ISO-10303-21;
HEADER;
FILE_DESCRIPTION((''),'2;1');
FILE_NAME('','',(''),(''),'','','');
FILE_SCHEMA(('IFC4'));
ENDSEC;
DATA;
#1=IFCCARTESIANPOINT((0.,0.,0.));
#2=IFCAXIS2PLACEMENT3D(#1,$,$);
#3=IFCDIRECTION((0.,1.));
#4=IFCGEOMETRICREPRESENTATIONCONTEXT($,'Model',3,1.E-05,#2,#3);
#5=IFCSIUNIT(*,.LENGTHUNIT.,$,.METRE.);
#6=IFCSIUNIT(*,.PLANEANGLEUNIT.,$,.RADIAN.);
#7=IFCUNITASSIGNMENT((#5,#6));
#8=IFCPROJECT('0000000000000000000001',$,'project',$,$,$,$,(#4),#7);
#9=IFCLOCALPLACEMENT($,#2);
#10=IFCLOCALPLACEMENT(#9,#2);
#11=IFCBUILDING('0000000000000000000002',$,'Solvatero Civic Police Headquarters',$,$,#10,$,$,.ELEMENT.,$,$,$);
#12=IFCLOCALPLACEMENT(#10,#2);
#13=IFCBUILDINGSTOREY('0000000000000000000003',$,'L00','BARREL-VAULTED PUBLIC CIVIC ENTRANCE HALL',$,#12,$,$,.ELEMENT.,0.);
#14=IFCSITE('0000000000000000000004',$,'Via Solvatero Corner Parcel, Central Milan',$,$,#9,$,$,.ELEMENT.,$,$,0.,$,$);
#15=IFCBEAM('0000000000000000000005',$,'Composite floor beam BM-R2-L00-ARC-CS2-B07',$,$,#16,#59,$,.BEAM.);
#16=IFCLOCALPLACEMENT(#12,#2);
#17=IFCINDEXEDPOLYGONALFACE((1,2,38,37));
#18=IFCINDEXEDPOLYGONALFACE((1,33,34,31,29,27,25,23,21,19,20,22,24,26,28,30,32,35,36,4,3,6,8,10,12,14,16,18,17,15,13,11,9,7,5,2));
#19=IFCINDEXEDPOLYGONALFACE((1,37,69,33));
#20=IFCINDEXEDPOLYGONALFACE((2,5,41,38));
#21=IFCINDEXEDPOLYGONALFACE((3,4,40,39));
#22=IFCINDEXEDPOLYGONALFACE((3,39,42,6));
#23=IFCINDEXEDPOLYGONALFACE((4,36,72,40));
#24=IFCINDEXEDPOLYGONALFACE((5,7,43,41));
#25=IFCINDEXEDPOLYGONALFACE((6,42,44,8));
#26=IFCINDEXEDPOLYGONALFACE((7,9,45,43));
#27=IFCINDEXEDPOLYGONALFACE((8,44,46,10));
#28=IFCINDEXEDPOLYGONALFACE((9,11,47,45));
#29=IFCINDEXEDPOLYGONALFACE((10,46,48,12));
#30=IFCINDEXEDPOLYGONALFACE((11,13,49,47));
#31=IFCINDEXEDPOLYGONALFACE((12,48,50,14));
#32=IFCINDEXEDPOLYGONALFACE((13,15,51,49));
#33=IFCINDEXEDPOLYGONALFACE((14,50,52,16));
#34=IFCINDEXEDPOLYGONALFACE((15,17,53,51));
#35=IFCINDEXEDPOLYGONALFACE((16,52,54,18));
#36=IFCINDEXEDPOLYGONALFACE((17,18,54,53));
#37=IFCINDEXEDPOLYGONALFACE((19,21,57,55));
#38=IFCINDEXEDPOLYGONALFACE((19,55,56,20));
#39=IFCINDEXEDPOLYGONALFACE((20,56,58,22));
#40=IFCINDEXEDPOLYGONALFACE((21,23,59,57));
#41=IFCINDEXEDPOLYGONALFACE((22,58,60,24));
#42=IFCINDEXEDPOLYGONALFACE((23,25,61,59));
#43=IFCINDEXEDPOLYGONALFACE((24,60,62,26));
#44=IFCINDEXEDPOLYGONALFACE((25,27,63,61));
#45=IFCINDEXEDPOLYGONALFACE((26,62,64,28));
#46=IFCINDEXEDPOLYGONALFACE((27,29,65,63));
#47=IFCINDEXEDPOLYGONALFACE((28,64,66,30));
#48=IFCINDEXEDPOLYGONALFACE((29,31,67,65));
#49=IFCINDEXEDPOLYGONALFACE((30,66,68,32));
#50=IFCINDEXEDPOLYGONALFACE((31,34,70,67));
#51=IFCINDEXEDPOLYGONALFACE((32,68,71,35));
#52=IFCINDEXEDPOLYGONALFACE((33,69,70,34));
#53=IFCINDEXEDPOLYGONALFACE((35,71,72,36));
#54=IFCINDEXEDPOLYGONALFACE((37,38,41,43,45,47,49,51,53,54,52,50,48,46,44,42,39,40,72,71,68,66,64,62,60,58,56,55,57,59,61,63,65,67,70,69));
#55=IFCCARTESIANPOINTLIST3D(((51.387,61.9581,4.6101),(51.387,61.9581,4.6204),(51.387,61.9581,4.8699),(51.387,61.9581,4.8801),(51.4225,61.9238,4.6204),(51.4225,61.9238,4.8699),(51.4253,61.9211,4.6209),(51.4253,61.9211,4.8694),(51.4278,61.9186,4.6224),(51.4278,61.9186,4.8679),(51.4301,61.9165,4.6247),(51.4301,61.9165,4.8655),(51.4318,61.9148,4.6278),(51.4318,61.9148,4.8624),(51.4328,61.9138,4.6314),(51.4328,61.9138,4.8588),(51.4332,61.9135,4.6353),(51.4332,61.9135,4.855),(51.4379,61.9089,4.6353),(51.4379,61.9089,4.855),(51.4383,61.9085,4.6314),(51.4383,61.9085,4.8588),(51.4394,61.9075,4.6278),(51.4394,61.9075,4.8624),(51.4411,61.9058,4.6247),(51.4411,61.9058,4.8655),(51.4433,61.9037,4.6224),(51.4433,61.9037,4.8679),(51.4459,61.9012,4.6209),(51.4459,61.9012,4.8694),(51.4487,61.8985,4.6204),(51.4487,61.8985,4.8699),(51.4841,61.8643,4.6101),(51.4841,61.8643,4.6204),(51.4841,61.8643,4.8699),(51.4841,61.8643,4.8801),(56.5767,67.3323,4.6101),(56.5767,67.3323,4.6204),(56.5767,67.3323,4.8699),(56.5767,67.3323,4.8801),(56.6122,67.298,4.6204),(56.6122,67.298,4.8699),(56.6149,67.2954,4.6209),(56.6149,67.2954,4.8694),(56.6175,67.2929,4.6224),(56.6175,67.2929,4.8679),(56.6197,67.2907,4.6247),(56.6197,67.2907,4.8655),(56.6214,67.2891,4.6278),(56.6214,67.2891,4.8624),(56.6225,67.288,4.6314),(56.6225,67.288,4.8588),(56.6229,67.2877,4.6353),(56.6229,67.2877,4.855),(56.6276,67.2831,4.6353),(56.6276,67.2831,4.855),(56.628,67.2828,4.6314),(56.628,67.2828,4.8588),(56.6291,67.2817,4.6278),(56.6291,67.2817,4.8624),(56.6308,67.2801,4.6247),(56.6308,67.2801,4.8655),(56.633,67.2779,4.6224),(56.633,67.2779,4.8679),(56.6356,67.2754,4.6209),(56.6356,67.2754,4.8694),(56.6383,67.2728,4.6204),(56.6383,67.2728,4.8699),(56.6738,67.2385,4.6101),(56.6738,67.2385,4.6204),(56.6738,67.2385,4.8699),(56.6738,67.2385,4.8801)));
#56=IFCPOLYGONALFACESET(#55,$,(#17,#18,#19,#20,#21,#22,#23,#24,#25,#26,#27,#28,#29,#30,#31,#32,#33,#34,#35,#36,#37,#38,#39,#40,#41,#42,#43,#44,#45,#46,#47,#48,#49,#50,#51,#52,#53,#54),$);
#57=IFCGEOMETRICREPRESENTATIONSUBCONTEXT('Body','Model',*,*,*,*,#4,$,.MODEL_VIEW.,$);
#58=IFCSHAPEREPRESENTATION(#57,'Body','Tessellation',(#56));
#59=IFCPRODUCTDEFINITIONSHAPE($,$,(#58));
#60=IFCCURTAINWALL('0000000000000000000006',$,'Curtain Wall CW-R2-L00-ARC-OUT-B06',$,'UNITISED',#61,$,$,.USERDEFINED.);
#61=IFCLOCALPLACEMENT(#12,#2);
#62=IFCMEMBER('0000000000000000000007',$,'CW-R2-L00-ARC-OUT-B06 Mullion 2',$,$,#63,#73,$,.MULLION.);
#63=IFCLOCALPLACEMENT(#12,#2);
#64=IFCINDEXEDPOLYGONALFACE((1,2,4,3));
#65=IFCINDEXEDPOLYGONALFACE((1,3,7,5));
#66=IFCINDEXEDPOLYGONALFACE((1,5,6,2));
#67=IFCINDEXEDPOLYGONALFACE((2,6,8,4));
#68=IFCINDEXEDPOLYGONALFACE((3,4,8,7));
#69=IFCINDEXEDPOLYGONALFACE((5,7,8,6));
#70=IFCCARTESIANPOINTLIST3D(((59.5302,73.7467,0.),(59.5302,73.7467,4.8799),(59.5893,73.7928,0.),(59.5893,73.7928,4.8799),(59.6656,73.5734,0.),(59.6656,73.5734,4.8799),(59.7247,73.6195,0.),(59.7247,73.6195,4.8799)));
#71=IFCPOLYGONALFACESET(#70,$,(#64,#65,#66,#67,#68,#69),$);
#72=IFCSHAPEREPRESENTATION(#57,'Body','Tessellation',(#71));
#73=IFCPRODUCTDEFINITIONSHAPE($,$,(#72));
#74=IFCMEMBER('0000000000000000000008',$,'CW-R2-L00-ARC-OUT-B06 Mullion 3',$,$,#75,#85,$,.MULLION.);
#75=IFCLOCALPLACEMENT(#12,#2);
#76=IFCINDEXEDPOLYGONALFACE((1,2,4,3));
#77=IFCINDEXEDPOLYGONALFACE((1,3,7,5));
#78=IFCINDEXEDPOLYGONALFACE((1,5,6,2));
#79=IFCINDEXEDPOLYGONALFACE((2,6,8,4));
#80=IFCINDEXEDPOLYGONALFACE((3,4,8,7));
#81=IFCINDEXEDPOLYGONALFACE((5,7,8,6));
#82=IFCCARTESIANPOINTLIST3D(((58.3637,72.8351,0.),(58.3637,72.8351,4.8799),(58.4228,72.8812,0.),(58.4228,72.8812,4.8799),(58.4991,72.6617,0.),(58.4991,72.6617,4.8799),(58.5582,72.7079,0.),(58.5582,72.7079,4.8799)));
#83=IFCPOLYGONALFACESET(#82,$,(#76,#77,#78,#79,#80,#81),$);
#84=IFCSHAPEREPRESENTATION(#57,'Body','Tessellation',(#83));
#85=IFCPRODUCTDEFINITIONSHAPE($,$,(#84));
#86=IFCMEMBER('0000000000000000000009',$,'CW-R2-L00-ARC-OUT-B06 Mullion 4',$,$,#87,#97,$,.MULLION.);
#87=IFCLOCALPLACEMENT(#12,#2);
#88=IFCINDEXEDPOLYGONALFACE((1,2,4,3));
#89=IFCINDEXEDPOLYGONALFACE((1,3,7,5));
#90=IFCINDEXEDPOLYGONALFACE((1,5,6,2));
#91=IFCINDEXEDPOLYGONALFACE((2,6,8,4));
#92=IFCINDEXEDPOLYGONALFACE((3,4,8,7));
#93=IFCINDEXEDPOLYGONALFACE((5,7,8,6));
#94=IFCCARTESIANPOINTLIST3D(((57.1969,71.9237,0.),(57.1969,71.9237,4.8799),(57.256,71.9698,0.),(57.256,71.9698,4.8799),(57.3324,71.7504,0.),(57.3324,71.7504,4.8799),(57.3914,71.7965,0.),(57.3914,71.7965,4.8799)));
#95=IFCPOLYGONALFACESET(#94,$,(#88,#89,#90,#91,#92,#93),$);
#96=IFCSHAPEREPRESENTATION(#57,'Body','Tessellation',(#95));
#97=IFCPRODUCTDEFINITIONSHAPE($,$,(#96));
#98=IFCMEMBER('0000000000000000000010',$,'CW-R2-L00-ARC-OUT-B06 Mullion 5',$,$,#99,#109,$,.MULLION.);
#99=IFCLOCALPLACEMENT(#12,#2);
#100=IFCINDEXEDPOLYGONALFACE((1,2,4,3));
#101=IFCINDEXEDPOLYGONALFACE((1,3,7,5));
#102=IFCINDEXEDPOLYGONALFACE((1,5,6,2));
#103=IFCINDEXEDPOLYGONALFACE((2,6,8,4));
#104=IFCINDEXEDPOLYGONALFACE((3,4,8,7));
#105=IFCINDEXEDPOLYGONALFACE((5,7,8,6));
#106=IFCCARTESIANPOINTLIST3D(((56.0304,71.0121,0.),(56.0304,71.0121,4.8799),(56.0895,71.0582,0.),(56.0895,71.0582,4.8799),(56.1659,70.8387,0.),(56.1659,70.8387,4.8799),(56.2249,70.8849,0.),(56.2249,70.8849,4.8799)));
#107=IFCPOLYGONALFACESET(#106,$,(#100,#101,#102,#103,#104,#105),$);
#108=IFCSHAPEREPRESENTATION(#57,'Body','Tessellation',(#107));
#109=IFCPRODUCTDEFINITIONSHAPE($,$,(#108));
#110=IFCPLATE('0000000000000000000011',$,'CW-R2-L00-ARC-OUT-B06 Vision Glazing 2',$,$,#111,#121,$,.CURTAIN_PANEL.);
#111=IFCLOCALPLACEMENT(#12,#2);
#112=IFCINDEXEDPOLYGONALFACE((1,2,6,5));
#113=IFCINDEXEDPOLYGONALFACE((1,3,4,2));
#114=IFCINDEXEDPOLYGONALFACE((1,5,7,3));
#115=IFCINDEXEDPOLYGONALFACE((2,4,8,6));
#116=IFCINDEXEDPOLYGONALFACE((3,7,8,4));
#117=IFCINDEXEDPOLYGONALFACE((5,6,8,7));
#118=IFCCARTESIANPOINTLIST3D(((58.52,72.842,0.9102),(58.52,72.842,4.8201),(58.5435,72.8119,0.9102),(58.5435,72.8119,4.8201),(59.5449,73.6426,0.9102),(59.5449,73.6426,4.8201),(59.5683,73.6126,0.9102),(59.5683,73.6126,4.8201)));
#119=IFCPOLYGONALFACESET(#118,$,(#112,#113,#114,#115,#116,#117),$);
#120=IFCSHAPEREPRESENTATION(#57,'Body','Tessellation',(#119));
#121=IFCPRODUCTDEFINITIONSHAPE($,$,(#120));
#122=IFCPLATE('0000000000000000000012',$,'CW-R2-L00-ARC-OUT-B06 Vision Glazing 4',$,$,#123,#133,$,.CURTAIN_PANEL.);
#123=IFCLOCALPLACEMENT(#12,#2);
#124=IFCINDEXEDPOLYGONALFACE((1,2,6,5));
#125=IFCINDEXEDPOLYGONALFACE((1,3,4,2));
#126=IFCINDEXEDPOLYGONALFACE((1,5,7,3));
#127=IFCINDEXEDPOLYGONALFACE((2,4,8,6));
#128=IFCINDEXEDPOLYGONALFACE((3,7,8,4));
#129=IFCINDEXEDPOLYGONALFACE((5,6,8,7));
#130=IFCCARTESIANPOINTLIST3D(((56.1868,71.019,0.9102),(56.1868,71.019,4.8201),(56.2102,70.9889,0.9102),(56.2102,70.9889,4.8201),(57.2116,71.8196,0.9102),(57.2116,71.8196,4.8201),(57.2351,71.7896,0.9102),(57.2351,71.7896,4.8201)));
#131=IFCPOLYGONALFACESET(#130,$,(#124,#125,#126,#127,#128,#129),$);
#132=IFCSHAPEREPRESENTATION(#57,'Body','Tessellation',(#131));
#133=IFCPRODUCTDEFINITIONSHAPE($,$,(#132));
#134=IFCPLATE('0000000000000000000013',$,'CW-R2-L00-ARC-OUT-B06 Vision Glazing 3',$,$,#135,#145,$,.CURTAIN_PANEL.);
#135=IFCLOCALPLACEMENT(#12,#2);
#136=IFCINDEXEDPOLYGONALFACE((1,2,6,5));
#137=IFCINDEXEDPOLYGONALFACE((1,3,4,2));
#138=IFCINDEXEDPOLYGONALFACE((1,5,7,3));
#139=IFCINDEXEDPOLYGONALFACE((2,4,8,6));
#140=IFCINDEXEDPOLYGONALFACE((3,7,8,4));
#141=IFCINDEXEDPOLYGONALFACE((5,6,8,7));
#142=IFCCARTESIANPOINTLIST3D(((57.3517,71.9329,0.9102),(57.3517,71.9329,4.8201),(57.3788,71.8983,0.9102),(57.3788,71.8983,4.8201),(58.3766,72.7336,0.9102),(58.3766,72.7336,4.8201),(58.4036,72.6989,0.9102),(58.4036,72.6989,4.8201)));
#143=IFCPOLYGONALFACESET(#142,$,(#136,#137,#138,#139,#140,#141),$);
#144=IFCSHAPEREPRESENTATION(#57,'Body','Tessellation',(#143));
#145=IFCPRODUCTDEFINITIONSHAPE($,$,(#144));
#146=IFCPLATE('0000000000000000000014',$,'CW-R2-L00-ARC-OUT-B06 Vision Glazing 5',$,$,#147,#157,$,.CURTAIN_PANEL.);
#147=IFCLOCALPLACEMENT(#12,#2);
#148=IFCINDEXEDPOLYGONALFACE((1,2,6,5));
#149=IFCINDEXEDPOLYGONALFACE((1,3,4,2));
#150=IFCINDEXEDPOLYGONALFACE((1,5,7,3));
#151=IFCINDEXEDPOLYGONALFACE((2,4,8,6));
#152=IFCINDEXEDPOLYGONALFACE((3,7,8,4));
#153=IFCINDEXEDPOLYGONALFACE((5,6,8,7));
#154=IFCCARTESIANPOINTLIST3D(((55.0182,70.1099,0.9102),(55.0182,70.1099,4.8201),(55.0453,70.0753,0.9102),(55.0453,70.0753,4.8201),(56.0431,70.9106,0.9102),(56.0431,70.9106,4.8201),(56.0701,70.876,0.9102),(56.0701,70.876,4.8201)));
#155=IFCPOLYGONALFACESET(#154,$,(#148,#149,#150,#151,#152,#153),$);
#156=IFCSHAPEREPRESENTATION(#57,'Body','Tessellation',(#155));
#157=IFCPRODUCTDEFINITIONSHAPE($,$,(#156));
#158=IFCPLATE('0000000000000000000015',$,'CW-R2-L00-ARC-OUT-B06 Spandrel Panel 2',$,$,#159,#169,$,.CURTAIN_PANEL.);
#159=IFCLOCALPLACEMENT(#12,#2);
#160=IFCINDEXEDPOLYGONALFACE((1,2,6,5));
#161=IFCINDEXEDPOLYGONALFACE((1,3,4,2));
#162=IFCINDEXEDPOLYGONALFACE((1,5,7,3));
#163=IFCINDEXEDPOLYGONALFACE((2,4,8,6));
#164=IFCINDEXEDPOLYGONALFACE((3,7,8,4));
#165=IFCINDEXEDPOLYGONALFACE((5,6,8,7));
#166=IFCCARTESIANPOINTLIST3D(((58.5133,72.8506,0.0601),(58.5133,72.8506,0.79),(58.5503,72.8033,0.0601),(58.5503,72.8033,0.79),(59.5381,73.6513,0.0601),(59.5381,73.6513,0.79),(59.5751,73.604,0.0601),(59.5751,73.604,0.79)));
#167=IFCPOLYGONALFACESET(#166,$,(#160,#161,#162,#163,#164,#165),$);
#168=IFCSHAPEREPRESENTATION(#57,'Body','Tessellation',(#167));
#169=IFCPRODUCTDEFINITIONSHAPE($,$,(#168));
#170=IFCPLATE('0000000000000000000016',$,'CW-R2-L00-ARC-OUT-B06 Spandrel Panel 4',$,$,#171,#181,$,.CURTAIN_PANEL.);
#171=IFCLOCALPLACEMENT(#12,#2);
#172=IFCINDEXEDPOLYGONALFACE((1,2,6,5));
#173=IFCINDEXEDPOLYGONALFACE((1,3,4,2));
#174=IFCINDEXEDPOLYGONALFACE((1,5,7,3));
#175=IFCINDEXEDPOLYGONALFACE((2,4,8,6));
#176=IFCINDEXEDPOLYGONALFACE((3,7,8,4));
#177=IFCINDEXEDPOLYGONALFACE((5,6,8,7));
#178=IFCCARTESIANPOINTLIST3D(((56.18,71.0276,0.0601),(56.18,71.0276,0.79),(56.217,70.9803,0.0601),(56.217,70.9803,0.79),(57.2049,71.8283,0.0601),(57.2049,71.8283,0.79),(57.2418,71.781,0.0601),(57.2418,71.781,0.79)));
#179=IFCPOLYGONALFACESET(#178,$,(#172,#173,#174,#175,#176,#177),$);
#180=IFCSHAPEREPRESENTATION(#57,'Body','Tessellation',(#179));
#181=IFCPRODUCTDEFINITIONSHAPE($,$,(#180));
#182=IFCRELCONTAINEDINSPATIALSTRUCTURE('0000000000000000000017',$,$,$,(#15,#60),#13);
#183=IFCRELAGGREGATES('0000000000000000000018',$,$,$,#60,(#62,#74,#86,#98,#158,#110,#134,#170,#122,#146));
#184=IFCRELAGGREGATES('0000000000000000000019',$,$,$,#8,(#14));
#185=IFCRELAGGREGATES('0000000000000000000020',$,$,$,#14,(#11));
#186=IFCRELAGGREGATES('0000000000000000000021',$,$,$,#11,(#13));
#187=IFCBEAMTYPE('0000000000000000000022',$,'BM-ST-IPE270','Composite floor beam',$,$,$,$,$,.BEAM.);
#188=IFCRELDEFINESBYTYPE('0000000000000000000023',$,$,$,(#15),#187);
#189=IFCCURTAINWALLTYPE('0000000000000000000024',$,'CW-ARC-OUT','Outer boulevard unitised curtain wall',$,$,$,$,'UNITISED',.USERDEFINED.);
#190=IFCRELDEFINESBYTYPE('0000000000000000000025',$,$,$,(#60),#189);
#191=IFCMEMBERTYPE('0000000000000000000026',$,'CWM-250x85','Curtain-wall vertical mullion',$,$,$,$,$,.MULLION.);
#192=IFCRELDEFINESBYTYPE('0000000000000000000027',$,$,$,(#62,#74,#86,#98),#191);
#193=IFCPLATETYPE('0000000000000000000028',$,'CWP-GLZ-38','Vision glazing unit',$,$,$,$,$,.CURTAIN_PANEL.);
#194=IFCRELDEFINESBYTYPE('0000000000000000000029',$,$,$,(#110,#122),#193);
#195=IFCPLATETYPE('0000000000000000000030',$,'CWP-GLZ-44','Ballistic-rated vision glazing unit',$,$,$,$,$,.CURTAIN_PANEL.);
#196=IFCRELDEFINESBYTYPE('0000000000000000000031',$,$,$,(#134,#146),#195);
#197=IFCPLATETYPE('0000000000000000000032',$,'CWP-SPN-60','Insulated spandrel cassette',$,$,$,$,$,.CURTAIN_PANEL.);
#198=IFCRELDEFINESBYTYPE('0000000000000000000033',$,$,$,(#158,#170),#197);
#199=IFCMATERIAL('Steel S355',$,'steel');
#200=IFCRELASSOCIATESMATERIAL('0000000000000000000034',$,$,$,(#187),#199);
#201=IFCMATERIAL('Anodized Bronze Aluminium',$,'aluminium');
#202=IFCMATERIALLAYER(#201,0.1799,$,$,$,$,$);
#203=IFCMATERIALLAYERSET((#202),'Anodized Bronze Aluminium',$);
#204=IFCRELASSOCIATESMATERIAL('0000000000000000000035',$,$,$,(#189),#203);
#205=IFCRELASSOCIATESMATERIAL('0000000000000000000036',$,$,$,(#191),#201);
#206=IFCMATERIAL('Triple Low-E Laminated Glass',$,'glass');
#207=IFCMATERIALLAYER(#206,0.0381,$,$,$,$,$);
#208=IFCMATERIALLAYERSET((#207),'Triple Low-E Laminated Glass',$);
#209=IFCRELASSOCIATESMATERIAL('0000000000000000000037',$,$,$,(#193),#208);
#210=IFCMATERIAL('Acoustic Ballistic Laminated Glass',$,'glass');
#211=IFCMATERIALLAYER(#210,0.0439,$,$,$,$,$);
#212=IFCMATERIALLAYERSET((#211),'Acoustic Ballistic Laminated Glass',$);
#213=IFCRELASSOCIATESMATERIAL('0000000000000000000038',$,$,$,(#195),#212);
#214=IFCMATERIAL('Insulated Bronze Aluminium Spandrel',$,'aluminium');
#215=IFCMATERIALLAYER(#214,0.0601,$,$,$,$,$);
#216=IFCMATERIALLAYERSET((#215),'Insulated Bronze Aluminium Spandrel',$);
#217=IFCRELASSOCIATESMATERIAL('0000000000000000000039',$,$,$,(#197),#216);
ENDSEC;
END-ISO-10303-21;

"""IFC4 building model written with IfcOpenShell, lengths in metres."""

from ifc_helpers import new_model, si_unit, direction, frame, origin, origin_2d, place, context, subcontext, project, spatial, rectangle, i_section, extrude, material, layer, layer_set, material_profile, profile_set, type_object, element, aggregate, save


model = new_model("IFC4")

# Units and contexts
model_context = context("Model", 3, precision=1e-05, world=origin(), true_north=direction((0.0, 1.0)))
body_context = subcontext(model_context, "Body", "Model", "MODEL_VIEW")
ifc_project = project(units=[si_unit("LENGTHUNIT", "METRE"), si_unit("PLANEANGLEUNIT", "RADIAN")], contexts=[model_context])

# Site, building, storey
site_placement = place(None, origin())
site = spatial("IfcSite", under=ifc_project, at=site_placement, Name="Via Solvatero Corner Parcel, Central Milan", CompositionType="ELEMENT", RefElevation=0.0)
building_placement = place(site_placement, origin())
building = spatial("IfcBuilding", under=site, at=building_placement, Name="Solvatero Civic Police Headquarters", CompositionType="ELEMENT")
storey_placement = place(building_placement, origin())
storey = spatial("IfcBuildingStorey", under=building, at=storey_placement, Name="L00", Description="BARREL-VAULTED PUBLIC CIVIC ENTRANCE HALL", CompositionType="ELEMENT", Elevation=0.0)

# Beam
ifc_material_1 = material(Name="Steel S355", Category="steel")
ifc_material_profile_1 = material_profile(ifc_material_1, i_section(OverallWidth=0.135, OverallDepth=0.27, WebThickness=0.0066, FlangeThickness=0.0103, FilletRadius=0.0149, at=origin_2d()), Name="IPE 270")
ifc_profile_set_1 = profile_set([ifc_material_profile_1], Name="Steel S355")
beam_type = type_object("IfcBeamType", Name="BM-ST-IPE270", Description="Composite floor beam", PredefinedType="BEAM", material=ifc_profile_set_1)
beam_placement = place(storey_placement, frame((56.6252, 67.2854, 4.7451), z_axis=(-0.694646, -0.719351, 0.0), x_axis=(0.719351, -0.694646, 0.0)))
element("IfcBeam", 1, at=beam_placement, inside=storey, type_object=beam_type, Name="Composite floor beam BM-R2-L00-ARC-CS2-B07", PredefinedType="BEAM", context=body_context, shape_type="SweptSolid", body=[
    extrude(i_section(OverallWidth=0.135, OverallDepth=0.27, WebThickness=0.0066, FlangeThickness=0.0103, FilletRadius=0.0149, at=origin_2d()), origin(), (0.0, 0.0, 1.0), 7.4709),
])

# Curtain wall, members, plates
ifc_material_2 = material(Name="Anodized Bronze Aluminium", Category="aluminium")
ifc_layer_1 = layer(ifc_material_2, 0.1799)
ifc_layer_set_1 = layer_set([ifc_layer_1], Name="Anodized Bronze Aluminium")
curtain_wall_type = type_object("IfcCurtainWallType", Name="CW-ARC-OUT", Description="Outer boulevard unitised curtain wall", ElementType="UNITISED", PredefinedType="USERDEFINED", material=ifc_layer_set_1)
curtain_wall_placement = place(storey_placement, origin())
curtain_wall = element("IfcCurtainWall", 2, at=curtain_wall_placement, inside=storey, type_object=curtain_wall_type, Name="Curtain Wall CW-R2-L00-ARC-OUT-B06", ObjectType="UNITISED", PredefinedType="USERDEFINED")
ifc_material_profile_2 = material_profile(ifc_material_2, rectangle(XDim=0.075, YDim=0.22, at=origin_2d()), Name="ALU MULLION 75x220")
ifc_profile_set_2 = profile_set([ifc_material_profile_2], Name="Anodized Bronze Aluminium")
member_type = type_object("IfcMemberType", Name="CWM-250x85", Description="Curtain-wall vertical mullion", PredefinedType="MULLION", material=ifc_profile_set_2)
member_1_placement = place(storey_placement, frame((59.6274, 73.6831, 0.0), z_axis=(0.0, 0.0, 1.0), x_axis=(-0.788011, -0.615661, 0.0)))
member_1 = element("IfcMember", 3, at=member_1_placement, type_object=member_type, Name="CW-R2-L00-ARC-OUT-B06 Mullion 2", PredefinedType="MULLION", context=body_context, shape_type="SweptSolid", body=[
    extrude(rectangle(XDim=0.075, YDim=0.22, at=origin_2d()), origin(), (0.0, 0.0, 1.0), 4.8799),
])
member_2_placement = place(storey_placement, frame((58.4609, 72.7715, 0.0), z_axis=(0.0, 0.0, 1.0), x_axis=(-0.788011, -0.615661, 0.0)))
member_2 = element("IfcMember", 4, at=member_2_placement, type_object=member_type, Name="CW-R2-L00-ARC-OUT-B06 Mullion 3", PredefinedType="MULLION", context=body_context, shape_type="SweptSolid", body=[
    extrude(rectangle(XDim=0.075, YDim=0.22, at=origin_2d()), origin(), (0.0, 0.0, 1.0), 4.8799),
])
member_3_placement = place(storey_placement, frame((57.2942, 71.8601, 0.0), z_axis=(0.0, 0.0, 1.0), x_axis=(-0.788011, -0.615661, 0.0)))
member_3 = element("IfcMember", 5, at=member_3_placement, type_object=member_type, Name="CW-R2-L00-ARC-OUT-B06 Mullion 4", PredefinedType="MULLION", context=body_context, shape_type="SweptSolid", body=[
    extrude(rectangle(XDim=0.075, YDim=0.22, at=origin_2d()), origin(), (0.0, 0.0, 1.0), 4.8799),
])
member_4_placement = place(storey_placement, frame((56.1277, 70.9485, 0.0), z_axis=(0.0, 0.0, 1.0), x_axis=(-0.788011, -0.615661, 0.0)))
member_4 = element("IfcMember", 6, at=member_4_placement, type_object=member_type, Name="CW-R2-L00-ARC-OUT-B06 Mullion 5", PredefinedType="MULLION", context=body_context, shape_type="SweptSolid", body=[
    extrude(rectangle(XDim=0.075, YDim=0.22, at=origin_2d()), origin(), (0.0, 0.0, 1.0), 4.8799),
])
ifc_material_3 = material(Name="Triple Low-E Laminated Glass", Category="glass")
ifc_layer_2 = layer(ifc_material_3, 0.0381)
ifc_layer_set_2 = layer_set([ifc_layer_2], Name="Triple Low-E Laminated Glass")
plate_type_1 = type_object("IfcPlateType", Name="CWP-GLZ-38", Description="Vision glazing unit", PredefinedType="CURTAIN_PANEL", material=ifc_layer_set_2)
plate_1_placement = place(storey_placement, frame((59.0442, 73.2273, 0.9102), z_axis=(0.0, 0.0, 1.0), x_axis=(-0.788011, -0.615661, 0.0)))
plate_1 = element("IfcPlate", 7, at=plate_1_placement, type_object=plate_type_1, Name="CW-R2-L00-ARC-OUT-B06 Vision Glazing 2", PredefinedType="CURTAIN_PANEL", context=body_context, shape_type="SweptSolid", body=[
    extrude(rectangle(XDim=1.3005, YDim=0.0381, at=origin_2d()), origin(), (0.0, 0.0, 1.0), 3.9099),
])
plate_2_placement = place(storey_placement, frame((56.7109, 71.4043, 0.9102), z_axis=(0.0, 0.0, 1.0), x_axis=(-0.788011, -0.615661, 0.0)))
plate_2 = element("IfcPlate", 8, at=plate_2_placement, type_object=plate_type_1, Name="CW-R2-L00-ARC-OUT-B06 Vision Glazing 4", PredefinedType="CURTAIN_PANEL", context=body_context, shape_type="SweptSolid", body=[
    extrude(rectangle(XDim=1.3005, YDim=0.0381, at=origin_2d()), origin(), (0.0, 0.0, 1.0), 3.9099),
])
ifc_material_4 = material(Name="Acoustic Ballistic Laminated Glass", Category="glass")
ifc_layer_3 = layer(ifc_material_4, 0.0439)
ifc_layer_set_3 = layer_set([ifc_layer_3], Name="Acoustic Ballistic Laminated Glass")
plate_type_2 = type_object("IfcPlateType", Name="CWP-GLZ-44", Description="Ballistic-rated vision glazing unit", PredefinedType="CURTAIN_PANEL", material=ifc_layer_set_3)
plate_3_placement = place(storey_placement, frame((57.8777, 72.3159, 0.9102), z_axis=(0.0, 0.0, 1.0), x_axis=(-0.788011, -0.615661, 0.0)))
plate_3 = element("IfcPlate", 9, at=plate_3_placement, type_object=plate_type_2, Name="CW-R2-L00-ARC-OUT-B06 Vision Glazing 3", PredefinedType="CURTAIN_PANEL", context=body_context, shape_type="SweptSolid", body=[
    extrude(rectangle(XDim=1.3005, YDim=0.0439, at=origin_2d()), origin(), (0.0, 0.0, 1.0), 3.9099),
])
plate_4_placement = place(storey_placement, frame((55.5442, 70.4929, 0.9102), z_axis=(0.0, 0.0, 1.0), x_axis=(-0.788011, -0.615661, 0.0)))
plate_4 = element("IfcPlate", 10, at=plate_4_placement, type_object=plate_type_2, Name="CW-R2-L00-ARC-OUT-B06 Vision Glazing 5", PredefinedType="CURTAIN_PANEL", context=body_context, shape_type="SweptSolid", body=[
    extrude(rectangle(XDim=1.3005, YDim=0.0439, at=origin_2d()), origin(), (0.0, 0.0, 1.0), 3.9099),
])
ifc_material_5 = material(Name="Insulated Bronze Aluminium Spandrel", Category="aluminium")
ifc_layer_4 = layer(ifc_material_5, 0.0601)
ifc_layer_set_4 = layer_set([ifc_layer_4], Name="Insulated Bronze Aluminium Spandrel")
plate_type_3 = type_object("IfcPlateType", Name="CWP-SPN-60", Description="Insulated spandrel cassette", PredefinedType="CURTAIN_PANEL", material=ifc_layer_set_4)
plate_5_placement = place(storey_placement, frame((59.0442, 73.2273, 0.0601), z_axis=(0.0, 0.0, 1.0), x_axis=(-0.788011, -0.615661, 0.0)))
plate_5 = element("IfcPlate", 11, at=plate_5_placement, type_object=plate_type_3, Name="CW-R2-L00-ARC-OUT-B06 Spandrel Panel 2", PredefinedType="CURTAIN_PANEL", context=body_context, shape_type="SweptSolid", body=[
    extrude(rectangle(XDim=1.3005, YDim=0.0601, at=origin_2d()), origin(), (0.0, 0.0, 1.0), 0.73),
])
plate_6_placement = place(storey_placement, frame((56.7109, 71.4043, 0.0601), z_axis=(0.0, 0.0, 1.0), x_axis=(-0.788011, -0.615661, 0.0)))
plate_6 = element("IfcPlate", 12, at=plate_6_placement, type_object=plate_type_3, Name="CW-R2-L00-ARC-OUT-B06 Spandrel Panel 4", PredefinedType="CURTAIN_PANEL", context=body_context, shape_type="SweptSolid", body=[
    extrude(rectangle(XDim=1.3005, YDim=0.0601, at=origin_2d()), origin(), (0.0, 0.0, 1.0), 0.73),
])
aggregate(curtain_wall, [member_1, member_2, member_3, member_4, plate_5, plate_1, plate_3, plate_6, plate_2, plate_4])

save(model, "model.ifc")
